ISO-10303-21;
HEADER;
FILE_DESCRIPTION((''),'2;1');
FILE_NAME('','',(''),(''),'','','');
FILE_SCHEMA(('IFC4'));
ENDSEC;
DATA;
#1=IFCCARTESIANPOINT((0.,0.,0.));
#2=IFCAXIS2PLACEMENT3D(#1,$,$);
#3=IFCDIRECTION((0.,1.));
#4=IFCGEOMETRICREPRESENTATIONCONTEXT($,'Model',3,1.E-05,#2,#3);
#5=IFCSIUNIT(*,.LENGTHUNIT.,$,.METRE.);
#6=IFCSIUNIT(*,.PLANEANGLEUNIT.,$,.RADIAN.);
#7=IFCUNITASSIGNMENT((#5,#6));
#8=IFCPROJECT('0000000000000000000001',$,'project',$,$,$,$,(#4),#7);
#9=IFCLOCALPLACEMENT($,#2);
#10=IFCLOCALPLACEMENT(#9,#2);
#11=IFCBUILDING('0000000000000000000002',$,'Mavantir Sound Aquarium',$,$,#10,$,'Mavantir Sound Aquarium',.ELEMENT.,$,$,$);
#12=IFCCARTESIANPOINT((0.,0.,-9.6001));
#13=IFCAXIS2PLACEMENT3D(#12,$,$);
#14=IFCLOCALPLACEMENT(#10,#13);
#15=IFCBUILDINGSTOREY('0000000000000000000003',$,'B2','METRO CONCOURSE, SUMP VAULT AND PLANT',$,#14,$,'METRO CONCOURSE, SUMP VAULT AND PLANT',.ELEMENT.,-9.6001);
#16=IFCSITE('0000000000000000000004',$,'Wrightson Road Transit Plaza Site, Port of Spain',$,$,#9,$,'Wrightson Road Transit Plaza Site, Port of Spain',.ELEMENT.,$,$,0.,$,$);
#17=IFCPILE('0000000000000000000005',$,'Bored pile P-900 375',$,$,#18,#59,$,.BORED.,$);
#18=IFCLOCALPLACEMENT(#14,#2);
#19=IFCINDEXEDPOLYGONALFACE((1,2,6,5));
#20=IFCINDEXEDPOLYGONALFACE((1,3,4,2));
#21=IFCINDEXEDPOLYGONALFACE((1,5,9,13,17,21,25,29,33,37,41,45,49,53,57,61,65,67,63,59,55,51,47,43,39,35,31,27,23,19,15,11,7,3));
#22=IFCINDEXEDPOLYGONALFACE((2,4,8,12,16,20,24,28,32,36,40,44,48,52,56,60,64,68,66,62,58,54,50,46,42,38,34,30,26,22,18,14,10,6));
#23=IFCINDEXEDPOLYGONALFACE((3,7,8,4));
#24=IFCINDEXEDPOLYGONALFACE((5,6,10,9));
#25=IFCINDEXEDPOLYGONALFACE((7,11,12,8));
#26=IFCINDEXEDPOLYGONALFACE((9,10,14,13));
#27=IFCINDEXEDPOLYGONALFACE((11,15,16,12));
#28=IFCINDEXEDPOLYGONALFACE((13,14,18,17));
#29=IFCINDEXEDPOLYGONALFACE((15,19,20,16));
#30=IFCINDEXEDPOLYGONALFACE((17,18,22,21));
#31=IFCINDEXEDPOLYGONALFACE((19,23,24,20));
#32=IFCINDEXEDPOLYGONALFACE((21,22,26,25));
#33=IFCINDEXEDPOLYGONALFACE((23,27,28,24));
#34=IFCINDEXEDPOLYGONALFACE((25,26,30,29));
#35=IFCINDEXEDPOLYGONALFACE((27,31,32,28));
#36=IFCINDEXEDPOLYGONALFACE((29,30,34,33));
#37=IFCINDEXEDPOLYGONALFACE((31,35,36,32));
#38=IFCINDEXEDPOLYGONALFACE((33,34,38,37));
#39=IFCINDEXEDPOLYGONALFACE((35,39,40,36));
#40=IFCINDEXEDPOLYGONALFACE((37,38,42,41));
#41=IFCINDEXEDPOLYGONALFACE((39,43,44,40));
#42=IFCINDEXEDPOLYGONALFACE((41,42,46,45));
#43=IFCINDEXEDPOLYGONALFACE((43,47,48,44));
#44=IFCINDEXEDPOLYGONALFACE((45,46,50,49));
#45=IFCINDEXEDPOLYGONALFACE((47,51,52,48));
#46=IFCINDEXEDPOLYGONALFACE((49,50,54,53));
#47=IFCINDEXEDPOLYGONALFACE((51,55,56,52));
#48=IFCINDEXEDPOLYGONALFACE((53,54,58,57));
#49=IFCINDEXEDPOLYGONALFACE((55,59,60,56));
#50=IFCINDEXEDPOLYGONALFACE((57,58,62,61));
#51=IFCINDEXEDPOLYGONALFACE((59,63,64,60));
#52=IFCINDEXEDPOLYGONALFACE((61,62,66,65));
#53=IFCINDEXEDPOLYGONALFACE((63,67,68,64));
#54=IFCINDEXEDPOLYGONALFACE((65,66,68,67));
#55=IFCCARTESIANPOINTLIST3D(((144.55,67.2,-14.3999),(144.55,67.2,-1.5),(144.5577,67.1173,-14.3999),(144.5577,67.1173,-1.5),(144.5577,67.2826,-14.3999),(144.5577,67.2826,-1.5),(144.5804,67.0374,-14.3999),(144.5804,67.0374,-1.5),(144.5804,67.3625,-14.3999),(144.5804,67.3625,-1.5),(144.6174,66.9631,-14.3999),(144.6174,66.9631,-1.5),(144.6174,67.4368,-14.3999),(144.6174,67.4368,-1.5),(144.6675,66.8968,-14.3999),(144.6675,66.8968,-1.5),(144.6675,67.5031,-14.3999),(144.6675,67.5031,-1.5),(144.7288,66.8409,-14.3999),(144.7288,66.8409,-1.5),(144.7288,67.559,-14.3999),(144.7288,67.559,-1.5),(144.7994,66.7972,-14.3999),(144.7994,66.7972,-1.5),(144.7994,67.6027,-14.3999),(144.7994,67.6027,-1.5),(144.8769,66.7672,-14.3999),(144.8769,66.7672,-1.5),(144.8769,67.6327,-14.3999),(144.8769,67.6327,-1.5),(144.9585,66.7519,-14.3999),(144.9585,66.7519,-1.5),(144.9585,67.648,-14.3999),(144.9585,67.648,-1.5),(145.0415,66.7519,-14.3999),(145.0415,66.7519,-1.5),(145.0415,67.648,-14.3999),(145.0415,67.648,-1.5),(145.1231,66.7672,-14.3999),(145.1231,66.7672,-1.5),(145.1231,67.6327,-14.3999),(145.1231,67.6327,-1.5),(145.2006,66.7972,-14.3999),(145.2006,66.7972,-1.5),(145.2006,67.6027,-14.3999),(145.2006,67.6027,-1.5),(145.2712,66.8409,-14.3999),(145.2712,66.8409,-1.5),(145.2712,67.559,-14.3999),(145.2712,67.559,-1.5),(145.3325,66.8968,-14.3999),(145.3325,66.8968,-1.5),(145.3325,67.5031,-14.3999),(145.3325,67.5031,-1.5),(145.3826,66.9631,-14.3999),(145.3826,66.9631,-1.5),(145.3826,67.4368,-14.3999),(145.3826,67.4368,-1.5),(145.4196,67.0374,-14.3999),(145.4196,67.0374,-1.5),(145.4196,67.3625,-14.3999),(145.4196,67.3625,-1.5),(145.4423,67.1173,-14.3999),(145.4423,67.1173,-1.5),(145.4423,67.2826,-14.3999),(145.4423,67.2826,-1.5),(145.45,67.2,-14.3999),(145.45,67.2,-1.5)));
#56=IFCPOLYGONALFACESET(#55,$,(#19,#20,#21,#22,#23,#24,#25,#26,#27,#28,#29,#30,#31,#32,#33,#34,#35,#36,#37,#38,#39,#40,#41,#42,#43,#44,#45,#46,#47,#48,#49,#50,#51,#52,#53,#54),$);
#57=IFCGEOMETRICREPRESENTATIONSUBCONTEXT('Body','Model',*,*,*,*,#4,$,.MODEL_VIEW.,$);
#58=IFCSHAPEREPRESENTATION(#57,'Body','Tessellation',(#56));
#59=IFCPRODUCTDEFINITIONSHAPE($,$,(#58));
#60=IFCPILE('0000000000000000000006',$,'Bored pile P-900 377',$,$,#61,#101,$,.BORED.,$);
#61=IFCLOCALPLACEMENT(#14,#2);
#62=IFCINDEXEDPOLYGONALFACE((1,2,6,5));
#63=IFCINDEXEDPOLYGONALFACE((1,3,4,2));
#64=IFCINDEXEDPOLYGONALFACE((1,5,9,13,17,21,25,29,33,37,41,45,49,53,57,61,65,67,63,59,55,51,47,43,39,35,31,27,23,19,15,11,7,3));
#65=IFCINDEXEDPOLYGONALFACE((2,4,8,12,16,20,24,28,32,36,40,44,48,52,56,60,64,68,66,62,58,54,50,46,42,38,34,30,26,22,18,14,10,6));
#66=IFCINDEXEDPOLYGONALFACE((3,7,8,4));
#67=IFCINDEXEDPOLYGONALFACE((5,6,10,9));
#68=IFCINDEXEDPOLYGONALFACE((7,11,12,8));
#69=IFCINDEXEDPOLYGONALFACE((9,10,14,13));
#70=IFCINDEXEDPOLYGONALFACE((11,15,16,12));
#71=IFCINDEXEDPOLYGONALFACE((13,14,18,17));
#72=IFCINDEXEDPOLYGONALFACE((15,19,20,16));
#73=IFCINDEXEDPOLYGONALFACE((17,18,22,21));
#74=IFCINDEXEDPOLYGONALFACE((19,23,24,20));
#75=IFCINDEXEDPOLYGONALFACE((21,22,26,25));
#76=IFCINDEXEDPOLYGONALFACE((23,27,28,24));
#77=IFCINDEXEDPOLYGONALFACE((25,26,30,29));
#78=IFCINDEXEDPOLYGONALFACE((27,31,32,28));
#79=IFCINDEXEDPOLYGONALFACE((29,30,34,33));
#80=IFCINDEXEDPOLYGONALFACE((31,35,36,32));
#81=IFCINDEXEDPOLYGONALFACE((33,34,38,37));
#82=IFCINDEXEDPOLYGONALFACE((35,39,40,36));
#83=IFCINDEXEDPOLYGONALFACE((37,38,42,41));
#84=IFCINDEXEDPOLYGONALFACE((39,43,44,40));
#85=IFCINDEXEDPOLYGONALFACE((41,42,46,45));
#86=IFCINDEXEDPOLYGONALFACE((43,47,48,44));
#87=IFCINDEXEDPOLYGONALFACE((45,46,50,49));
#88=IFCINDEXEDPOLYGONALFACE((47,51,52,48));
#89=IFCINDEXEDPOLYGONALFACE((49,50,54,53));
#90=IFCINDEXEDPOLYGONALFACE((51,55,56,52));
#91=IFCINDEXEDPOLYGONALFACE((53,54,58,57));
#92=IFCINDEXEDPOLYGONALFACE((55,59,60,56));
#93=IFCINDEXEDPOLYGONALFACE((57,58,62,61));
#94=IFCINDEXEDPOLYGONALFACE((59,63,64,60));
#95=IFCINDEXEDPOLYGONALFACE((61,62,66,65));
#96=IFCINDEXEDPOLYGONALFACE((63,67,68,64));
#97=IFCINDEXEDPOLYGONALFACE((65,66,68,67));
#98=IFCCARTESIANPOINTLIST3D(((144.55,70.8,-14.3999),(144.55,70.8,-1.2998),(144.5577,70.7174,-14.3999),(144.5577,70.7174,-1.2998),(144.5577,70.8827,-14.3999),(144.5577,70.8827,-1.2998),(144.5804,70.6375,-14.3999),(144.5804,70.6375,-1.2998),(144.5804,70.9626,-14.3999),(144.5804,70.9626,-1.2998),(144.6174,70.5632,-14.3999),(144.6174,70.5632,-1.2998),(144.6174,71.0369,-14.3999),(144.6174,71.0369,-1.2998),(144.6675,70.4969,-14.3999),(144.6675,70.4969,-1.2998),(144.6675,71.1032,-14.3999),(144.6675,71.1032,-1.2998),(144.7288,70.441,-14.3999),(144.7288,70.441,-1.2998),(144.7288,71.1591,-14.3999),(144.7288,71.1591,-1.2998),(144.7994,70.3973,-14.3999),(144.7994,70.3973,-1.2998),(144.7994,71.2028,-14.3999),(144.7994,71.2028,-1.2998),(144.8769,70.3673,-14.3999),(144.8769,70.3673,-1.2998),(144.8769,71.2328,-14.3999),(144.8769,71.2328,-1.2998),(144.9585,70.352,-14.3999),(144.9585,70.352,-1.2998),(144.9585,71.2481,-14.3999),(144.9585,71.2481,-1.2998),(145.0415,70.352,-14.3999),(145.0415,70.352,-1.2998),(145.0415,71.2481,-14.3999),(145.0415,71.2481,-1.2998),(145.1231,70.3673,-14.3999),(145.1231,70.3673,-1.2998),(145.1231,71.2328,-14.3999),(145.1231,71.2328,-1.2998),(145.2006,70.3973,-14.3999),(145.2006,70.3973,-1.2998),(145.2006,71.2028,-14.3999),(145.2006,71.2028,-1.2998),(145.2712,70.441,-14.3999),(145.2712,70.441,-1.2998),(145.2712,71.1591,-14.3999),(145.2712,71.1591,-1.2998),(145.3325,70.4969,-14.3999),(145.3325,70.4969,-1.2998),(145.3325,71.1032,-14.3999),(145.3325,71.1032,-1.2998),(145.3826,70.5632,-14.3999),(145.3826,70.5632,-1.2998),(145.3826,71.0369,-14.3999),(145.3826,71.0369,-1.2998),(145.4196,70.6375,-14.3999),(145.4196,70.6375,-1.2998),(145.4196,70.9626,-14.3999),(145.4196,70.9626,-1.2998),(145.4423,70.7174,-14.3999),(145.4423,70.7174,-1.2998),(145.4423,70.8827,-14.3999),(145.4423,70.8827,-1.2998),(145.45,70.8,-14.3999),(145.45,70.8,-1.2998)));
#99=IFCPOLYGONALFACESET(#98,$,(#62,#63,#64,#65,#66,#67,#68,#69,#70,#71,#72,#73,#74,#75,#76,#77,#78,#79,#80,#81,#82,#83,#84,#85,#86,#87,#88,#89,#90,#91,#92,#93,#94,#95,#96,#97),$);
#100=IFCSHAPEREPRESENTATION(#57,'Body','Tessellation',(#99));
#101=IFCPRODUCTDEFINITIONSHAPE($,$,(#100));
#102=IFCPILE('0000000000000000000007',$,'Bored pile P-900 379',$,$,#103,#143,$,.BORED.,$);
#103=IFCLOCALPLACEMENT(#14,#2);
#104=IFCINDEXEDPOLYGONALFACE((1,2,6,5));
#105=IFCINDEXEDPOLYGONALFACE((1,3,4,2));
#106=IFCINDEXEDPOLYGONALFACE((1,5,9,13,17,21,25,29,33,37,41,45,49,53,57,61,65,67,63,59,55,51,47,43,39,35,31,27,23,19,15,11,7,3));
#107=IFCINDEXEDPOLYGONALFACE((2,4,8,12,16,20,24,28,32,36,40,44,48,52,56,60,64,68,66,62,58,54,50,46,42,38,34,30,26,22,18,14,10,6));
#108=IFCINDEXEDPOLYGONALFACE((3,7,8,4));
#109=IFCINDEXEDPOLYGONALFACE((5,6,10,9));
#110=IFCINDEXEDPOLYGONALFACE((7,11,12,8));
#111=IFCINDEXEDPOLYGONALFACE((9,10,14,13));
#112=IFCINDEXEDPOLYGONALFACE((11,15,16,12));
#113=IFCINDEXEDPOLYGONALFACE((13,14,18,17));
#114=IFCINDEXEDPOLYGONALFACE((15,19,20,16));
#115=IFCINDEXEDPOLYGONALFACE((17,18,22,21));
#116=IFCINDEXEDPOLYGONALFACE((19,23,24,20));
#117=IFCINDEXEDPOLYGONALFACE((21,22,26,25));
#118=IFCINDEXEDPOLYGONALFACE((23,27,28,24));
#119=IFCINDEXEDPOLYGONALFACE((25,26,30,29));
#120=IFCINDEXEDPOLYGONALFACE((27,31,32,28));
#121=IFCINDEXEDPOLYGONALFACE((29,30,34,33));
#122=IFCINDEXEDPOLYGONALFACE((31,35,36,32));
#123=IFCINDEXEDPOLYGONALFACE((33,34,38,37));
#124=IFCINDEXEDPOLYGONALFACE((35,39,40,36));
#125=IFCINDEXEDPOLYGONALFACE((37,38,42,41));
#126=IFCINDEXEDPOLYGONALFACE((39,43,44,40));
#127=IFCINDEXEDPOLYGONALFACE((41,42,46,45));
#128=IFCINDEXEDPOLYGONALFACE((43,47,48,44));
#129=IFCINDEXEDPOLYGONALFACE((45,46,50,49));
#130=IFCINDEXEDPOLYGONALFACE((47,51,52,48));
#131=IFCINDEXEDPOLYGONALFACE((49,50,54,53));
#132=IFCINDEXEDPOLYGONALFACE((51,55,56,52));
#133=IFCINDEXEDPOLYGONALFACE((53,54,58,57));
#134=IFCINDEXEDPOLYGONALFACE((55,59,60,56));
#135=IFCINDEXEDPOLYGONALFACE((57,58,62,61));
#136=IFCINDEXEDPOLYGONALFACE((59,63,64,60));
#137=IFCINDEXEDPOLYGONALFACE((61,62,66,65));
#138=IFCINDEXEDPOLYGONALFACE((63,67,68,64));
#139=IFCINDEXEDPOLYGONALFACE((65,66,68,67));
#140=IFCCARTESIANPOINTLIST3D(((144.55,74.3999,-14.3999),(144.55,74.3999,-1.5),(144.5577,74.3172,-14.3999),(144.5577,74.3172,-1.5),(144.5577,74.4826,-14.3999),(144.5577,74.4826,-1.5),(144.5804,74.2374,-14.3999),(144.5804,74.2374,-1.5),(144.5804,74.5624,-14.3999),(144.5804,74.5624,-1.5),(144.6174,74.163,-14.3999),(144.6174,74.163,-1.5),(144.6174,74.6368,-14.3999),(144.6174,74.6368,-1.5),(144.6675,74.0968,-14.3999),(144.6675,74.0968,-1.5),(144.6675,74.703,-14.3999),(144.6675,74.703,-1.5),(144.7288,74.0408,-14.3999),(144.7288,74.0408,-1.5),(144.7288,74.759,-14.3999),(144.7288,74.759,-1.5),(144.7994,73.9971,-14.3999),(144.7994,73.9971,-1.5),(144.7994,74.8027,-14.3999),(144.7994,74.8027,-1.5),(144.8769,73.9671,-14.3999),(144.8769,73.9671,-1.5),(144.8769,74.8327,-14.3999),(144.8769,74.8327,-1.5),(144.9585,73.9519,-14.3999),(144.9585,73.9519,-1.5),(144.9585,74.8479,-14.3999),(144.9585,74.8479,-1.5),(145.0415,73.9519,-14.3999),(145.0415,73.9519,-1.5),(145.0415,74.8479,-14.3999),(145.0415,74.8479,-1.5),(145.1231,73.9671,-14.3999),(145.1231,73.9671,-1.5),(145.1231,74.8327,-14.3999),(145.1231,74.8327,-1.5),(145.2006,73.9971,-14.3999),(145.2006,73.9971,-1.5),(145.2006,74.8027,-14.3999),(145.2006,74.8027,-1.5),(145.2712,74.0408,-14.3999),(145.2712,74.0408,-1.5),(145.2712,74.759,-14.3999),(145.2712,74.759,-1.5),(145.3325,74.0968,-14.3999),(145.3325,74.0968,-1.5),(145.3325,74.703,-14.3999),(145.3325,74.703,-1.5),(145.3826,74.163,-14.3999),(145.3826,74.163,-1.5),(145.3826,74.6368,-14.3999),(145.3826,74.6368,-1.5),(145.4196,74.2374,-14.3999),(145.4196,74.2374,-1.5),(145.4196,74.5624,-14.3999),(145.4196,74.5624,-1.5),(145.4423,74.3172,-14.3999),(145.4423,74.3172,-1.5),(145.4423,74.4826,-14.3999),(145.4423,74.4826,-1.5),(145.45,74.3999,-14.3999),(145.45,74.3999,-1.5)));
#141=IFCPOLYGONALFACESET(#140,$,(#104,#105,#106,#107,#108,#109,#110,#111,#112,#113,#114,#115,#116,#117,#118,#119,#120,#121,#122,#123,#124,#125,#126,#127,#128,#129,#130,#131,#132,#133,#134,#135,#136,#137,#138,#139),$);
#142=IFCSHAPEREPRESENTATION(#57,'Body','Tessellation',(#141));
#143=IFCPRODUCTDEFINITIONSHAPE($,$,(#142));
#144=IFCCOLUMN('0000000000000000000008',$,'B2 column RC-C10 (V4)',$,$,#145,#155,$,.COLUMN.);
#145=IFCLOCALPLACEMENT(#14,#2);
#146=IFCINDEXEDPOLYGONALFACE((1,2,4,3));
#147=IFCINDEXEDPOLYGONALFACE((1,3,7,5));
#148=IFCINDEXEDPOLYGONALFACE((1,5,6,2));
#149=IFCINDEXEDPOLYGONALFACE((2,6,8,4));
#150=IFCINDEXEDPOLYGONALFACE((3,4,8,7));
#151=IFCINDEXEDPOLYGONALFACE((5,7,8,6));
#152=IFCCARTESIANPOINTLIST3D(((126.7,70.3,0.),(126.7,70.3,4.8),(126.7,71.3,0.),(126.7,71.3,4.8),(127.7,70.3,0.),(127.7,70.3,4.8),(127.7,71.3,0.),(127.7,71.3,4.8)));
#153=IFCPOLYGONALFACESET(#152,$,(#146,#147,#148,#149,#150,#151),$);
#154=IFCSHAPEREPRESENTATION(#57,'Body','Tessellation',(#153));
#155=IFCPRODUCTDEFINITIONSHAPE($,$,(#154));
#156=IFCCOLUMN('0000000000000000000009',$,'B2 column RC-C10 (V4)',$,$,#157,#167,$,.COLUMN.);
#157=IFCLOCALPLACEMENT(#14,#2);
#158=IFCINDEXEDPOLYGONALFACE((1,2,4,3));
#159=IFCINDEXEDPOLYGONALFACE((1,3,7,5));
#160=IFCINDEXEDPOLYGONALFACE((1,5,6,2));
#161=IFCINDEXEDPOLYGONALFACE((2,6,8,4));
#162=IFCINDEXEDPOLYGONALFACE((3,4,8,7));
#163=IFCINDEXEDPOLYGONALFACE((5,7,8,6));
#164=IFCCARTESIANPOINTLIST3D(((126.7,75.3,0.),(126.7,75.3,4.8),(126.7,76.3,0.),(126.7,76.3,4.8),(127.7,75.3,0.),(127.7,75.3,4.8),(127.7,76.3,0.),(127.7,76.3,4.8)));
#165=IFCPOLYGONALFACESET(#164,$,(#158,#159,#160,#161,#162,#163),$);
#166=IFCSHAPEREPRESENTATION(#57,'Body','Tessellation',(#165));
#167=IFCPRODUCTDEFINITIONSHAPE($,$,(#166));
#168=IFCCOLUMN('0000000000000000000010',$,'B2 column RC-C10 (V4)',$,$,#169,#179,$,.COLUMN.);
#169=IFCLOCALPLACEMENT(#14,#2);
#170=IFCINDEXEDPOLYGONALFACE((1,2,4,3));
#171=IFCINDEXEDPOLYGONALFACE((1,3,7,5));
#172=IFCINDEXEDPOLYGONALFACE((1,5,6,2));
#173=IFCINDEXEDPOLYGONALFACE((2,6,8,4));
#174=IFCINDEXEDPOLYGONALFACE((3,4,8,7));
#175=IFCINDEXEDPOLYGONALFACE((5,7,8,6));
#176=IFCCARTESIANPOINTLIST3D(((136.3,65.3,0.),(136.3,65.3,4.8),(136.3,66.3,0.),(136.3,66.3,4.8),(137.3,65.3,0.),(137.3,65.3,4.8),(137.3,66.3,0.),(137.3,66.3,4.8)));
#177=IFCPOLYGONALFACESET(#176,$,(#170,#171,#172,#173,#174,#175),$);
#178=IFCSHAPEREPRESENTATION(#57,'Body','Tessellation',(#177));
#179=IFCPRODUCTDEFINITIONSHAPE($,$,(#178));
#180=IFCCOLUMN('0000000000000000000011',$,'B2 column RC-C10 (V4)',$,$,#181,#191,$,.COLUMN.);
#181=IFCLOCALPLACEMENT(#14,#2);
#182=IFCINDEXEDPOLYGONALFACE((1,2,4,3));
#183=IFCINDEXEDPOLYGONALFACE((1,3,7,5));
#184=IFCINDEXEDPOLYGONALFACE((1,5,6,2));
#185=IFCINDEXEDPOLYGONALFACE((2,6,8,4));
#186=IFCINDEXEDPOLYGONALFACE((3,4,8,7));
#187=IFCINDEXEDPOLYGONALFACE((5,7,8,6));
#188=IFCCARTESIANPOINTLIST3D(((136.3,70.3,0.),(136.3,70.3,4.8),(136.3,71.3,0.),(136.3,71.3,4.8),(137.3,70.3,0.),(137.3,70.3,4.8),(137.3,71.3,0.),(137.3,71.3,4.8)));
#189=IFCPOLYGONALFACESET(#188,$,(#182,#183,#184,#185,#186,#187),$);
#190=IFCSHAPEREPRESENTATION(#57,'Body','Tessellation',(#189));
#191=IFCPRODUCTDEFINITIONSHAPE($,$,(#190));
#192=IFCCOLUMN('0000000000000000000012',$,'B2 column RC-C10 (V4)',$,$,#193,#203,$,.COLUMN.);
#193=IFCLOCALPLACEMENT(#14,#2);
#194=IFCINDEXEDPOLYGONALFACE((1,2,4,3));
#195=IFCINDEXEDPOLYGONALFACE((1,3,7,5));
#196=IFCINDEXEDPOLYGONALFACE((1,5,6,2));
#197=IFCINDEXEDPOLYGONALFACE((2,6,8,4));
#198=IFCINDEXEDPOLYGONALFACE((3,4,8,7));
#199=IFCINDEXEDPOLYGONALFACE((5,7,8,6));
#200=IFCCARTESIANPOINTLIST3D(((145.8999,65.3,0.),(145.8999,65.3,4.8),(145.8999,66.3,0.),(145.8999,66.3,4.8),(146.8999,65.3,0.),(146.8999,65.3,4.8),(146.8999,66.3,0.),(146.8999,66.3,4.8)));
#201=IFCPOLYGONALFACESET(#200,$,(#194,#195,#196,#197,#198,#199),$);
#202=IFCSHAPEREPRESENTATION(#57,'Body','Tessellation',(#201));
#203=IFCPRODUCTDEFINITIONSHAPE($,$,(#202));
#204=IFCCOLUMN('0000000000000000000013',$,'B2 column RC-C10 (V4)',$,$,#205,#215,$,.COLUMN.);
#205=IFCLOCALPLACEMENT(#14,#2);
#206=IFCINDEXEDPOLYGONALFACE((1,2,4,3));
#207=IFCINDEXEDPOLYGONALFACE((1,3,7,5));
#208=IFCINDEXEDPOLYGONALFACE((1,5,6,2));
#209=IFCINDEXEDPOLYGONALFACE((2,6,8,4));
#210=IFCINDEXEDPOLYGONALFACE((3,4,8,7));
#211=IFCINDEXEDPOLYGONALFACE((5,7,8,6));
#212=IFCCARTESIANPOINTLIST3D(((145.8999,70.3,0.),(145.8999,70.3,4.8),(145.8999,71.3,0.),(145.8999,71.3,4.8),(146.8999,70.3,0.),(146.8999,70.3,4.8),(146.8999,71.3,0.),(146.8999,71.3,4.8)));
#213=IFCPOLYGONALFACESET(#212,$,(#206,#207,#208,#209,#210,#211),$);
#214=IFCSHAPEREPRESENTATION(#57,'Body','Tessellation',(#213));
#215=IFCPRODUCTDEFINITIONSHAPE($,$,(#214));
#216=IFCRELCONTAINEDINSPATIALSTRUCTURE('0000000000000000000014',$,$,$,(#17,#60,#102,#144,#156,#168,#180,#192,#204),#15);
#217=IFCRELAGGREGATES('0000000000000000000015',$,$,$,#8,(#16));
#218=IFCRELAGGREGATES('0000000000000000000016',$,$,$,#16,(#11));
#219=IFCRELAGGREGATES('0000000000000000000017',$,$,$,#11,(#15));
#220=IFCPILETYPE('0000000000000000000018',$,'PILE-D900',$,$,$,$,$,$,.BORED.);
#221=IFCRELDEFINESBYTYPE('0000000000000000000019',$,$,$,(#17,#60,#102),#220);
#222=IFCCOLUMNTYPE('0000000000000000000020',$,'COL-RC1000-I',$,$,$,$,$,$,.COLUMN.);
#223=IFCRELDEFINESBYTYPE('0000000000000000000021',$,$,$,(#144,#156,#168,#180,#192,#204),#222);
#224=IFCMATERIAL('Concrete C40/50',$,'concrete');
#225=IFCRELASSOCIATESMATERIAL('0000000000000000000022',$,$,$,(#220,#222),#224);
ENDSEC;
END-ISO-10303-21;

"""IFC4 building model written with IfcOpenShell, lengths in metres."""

from ifc_helpers import new_model, si_unit, direction, frame, origin, origin_2d, place, context, subcontext, project, spatial, rectangle, circle, extrude, material, material_profile, profile_set, type_object, element, save


model = new_model("IFC4")

# Units and contexts
model_context = context("Model", 3, precision=1e-05, world=origin(), true_north=direction((0.0, 1.0)))
body_context = subcontext(model_context, "Body", "Model", "MODEL_VIEW")
ifc_project = project(units=[si_unit("LENGTHUNIT", "METRE"), si_unit("PLANEANGLEUNIT", "RADIAN")], contexts=[model_context])

# Site, building, storey
site_placement = place(None, origin())
site = spatial("IfcSite", under=ifc_project, at=site_placement, Name="Wrightson Road Transit Plaza Site, Port of Spain", LongName="Wrightson Road Transit Plaza Site, Port of Spain", CompositionType="ELEMENT", RefElevation=0.0)
building_placement = place(site_placement, origin())
building = spatial("IfcBuilding", under=site, at=building_placement, Name="Mavantir Sound Aquarium", LongName="Mavantir Sound Aquarium", CompositionType="ELEMENT")
storey_placement = place(building_placement, frame((0.0, 0.0, -9.6001)))
storey = spatial("IfcBuildingStorey", under=building, at=storey_placement, Name="B2", Description="METRO CONCOURSE, SUMP VAULT AND PLANT", LongName="METRO CONCOURSE, SUMP VAULT AND PLANT", CompositionType="ELEMENT", Elevation=-9.6001)

# Shared definitions
ifc_material = material(Name="Concrete C40/50", Category="concrete")

# Piles
ifc_material_profile_1 = material_profile(ifc_material, circle(Radius=0.45, at=origin_2d()), Name="PILE D900")
ifc_profile_set_1 = profile_set([ifc_material_profile_1], Name="Concrete C40/50")
pile_type = type_object("IfcPileType", Name="PILE-D900", PredefinedType="BORED", material=ifc_profile_set_1)
for number, where, z_axis, x_axis, name in (
    (1, (145.0, 67.2, -1.5), (0.0, 0.0, -1.0), (1.0, 0.0, 0.0), "Bored pile P-900 375"),
):
    element("IfcPile", number, at=place(storey_placement, frame(where, z_axis=z_axis, x_axis=x_axis)), inside=storey, type_object=pile_type, Name=name, PredefinedType="BORED", context=body_context, shape_type="SweptSolid", body=[
        extrude(circle(Radius=0.45, at=origin_2d()), origin(), (0.0, 0.0, 1.0), 12.8999),
    ])
pile_1_placement = place(storey_placement, frame((145.0, 70.8, -1.2998), z_axis=(0.0, 0.0, -1.0), x_axis=(1.0, 0.0, 0.0)))
element("IfcPile", 2, at=pile_1_placement, inside=storey, type_object=pile_type, Name="Bored pile P-900 377", PredefinedType="BORED", context=body_context, shape_type="SweptSolid", body=[
    extrude(circle(Radius=0.45, at=origin_2d()), origin(), (0.0, 0.0, 1.0), 13.1001),
])
pile_2_placement = place(storey_placement, frame((145.0, 74.3999, -1.5), z_axis=(0.0, 0.0, -1.0), x_axis=(1.0, 0.0, 0.0)))
element("IfcPile", 3, at=pile_2_placement, inside=storey, type_object=pile_type, Name="Bored pile P-900 379", PredefinedType="BORED", context=body_context, shape_type="SweptSolid", body=[
    extrude(circle(Radius=0.45, at=origin_2d()), origin(), (0.0, 0.0, 1.0), 12.8999),
])

# Columns
ifc_material_profile_2 = material_profile(ifc_material, rectangle(XDim=1.0, YDim=1.0, at=origin_2d()), Name="RC 1000X1000")
ifc_profile_set_2 = profile_set([ifc_material_profile_2], Name="Concrete C40/50")
column_type = type_object("IfcColumnType", Name="COL-RC1000-I", PredefinedType="COLUMN", material=ifc_profile_set_2)
for number, where, z_axis, x_axis, name in (
    (4, (127.2, 70.8, 0.0), (0.0, 0.0, 1.0), (1.0, 0.0, 0.0), "B2 column RC-C10 (V4)"),
    (5, (127.2, 75.8, 0.0), (0.0, 0.0, 1.0), (1.0, 0.0, 0.0), "B2 column RC-C10 (V4)"),
    (6, (136.8, 65.8, 0.0), (0.0, 0.0, 1.0), (1.0, 0.0, 0.0), "B2 column RC-C10 (V4)"),
    (7, (136.8, 70.8, 0.0), (0.0, 0.0, 1.0), (1.0, 0.0, 0.0), "B2 column RC-C10 (V4)"),
    (8, (146.3999, 65.8, 0.0), (0.0, 0.0, 1.0), (1.0, 0.0, 0.0), "B2 column RC-C10 (V4)"),
    (9, (146.3999, 70.8, 0.0), (0.0, 0.0, 1.0), (1.0, 0.0, 0.0), "B2 column RC-C10 (V4)"),
):
    element("IfcColumn", number, at=place(storey_placement, frame(where, z_axis=z_axis, x_axis=x_axis)), inside=storey, type_object=column_type, Name=name, PredefinedType="COLUMN", context=body_context, shape_type="SweptSolid", body=[
        extrude(rectangle(XDim=1.0, YDim=1.0, at=origin_2d()), origin(), (0.0, 0.0, 1.0), 4.8),
    ])

save(model, "model.ifc")
